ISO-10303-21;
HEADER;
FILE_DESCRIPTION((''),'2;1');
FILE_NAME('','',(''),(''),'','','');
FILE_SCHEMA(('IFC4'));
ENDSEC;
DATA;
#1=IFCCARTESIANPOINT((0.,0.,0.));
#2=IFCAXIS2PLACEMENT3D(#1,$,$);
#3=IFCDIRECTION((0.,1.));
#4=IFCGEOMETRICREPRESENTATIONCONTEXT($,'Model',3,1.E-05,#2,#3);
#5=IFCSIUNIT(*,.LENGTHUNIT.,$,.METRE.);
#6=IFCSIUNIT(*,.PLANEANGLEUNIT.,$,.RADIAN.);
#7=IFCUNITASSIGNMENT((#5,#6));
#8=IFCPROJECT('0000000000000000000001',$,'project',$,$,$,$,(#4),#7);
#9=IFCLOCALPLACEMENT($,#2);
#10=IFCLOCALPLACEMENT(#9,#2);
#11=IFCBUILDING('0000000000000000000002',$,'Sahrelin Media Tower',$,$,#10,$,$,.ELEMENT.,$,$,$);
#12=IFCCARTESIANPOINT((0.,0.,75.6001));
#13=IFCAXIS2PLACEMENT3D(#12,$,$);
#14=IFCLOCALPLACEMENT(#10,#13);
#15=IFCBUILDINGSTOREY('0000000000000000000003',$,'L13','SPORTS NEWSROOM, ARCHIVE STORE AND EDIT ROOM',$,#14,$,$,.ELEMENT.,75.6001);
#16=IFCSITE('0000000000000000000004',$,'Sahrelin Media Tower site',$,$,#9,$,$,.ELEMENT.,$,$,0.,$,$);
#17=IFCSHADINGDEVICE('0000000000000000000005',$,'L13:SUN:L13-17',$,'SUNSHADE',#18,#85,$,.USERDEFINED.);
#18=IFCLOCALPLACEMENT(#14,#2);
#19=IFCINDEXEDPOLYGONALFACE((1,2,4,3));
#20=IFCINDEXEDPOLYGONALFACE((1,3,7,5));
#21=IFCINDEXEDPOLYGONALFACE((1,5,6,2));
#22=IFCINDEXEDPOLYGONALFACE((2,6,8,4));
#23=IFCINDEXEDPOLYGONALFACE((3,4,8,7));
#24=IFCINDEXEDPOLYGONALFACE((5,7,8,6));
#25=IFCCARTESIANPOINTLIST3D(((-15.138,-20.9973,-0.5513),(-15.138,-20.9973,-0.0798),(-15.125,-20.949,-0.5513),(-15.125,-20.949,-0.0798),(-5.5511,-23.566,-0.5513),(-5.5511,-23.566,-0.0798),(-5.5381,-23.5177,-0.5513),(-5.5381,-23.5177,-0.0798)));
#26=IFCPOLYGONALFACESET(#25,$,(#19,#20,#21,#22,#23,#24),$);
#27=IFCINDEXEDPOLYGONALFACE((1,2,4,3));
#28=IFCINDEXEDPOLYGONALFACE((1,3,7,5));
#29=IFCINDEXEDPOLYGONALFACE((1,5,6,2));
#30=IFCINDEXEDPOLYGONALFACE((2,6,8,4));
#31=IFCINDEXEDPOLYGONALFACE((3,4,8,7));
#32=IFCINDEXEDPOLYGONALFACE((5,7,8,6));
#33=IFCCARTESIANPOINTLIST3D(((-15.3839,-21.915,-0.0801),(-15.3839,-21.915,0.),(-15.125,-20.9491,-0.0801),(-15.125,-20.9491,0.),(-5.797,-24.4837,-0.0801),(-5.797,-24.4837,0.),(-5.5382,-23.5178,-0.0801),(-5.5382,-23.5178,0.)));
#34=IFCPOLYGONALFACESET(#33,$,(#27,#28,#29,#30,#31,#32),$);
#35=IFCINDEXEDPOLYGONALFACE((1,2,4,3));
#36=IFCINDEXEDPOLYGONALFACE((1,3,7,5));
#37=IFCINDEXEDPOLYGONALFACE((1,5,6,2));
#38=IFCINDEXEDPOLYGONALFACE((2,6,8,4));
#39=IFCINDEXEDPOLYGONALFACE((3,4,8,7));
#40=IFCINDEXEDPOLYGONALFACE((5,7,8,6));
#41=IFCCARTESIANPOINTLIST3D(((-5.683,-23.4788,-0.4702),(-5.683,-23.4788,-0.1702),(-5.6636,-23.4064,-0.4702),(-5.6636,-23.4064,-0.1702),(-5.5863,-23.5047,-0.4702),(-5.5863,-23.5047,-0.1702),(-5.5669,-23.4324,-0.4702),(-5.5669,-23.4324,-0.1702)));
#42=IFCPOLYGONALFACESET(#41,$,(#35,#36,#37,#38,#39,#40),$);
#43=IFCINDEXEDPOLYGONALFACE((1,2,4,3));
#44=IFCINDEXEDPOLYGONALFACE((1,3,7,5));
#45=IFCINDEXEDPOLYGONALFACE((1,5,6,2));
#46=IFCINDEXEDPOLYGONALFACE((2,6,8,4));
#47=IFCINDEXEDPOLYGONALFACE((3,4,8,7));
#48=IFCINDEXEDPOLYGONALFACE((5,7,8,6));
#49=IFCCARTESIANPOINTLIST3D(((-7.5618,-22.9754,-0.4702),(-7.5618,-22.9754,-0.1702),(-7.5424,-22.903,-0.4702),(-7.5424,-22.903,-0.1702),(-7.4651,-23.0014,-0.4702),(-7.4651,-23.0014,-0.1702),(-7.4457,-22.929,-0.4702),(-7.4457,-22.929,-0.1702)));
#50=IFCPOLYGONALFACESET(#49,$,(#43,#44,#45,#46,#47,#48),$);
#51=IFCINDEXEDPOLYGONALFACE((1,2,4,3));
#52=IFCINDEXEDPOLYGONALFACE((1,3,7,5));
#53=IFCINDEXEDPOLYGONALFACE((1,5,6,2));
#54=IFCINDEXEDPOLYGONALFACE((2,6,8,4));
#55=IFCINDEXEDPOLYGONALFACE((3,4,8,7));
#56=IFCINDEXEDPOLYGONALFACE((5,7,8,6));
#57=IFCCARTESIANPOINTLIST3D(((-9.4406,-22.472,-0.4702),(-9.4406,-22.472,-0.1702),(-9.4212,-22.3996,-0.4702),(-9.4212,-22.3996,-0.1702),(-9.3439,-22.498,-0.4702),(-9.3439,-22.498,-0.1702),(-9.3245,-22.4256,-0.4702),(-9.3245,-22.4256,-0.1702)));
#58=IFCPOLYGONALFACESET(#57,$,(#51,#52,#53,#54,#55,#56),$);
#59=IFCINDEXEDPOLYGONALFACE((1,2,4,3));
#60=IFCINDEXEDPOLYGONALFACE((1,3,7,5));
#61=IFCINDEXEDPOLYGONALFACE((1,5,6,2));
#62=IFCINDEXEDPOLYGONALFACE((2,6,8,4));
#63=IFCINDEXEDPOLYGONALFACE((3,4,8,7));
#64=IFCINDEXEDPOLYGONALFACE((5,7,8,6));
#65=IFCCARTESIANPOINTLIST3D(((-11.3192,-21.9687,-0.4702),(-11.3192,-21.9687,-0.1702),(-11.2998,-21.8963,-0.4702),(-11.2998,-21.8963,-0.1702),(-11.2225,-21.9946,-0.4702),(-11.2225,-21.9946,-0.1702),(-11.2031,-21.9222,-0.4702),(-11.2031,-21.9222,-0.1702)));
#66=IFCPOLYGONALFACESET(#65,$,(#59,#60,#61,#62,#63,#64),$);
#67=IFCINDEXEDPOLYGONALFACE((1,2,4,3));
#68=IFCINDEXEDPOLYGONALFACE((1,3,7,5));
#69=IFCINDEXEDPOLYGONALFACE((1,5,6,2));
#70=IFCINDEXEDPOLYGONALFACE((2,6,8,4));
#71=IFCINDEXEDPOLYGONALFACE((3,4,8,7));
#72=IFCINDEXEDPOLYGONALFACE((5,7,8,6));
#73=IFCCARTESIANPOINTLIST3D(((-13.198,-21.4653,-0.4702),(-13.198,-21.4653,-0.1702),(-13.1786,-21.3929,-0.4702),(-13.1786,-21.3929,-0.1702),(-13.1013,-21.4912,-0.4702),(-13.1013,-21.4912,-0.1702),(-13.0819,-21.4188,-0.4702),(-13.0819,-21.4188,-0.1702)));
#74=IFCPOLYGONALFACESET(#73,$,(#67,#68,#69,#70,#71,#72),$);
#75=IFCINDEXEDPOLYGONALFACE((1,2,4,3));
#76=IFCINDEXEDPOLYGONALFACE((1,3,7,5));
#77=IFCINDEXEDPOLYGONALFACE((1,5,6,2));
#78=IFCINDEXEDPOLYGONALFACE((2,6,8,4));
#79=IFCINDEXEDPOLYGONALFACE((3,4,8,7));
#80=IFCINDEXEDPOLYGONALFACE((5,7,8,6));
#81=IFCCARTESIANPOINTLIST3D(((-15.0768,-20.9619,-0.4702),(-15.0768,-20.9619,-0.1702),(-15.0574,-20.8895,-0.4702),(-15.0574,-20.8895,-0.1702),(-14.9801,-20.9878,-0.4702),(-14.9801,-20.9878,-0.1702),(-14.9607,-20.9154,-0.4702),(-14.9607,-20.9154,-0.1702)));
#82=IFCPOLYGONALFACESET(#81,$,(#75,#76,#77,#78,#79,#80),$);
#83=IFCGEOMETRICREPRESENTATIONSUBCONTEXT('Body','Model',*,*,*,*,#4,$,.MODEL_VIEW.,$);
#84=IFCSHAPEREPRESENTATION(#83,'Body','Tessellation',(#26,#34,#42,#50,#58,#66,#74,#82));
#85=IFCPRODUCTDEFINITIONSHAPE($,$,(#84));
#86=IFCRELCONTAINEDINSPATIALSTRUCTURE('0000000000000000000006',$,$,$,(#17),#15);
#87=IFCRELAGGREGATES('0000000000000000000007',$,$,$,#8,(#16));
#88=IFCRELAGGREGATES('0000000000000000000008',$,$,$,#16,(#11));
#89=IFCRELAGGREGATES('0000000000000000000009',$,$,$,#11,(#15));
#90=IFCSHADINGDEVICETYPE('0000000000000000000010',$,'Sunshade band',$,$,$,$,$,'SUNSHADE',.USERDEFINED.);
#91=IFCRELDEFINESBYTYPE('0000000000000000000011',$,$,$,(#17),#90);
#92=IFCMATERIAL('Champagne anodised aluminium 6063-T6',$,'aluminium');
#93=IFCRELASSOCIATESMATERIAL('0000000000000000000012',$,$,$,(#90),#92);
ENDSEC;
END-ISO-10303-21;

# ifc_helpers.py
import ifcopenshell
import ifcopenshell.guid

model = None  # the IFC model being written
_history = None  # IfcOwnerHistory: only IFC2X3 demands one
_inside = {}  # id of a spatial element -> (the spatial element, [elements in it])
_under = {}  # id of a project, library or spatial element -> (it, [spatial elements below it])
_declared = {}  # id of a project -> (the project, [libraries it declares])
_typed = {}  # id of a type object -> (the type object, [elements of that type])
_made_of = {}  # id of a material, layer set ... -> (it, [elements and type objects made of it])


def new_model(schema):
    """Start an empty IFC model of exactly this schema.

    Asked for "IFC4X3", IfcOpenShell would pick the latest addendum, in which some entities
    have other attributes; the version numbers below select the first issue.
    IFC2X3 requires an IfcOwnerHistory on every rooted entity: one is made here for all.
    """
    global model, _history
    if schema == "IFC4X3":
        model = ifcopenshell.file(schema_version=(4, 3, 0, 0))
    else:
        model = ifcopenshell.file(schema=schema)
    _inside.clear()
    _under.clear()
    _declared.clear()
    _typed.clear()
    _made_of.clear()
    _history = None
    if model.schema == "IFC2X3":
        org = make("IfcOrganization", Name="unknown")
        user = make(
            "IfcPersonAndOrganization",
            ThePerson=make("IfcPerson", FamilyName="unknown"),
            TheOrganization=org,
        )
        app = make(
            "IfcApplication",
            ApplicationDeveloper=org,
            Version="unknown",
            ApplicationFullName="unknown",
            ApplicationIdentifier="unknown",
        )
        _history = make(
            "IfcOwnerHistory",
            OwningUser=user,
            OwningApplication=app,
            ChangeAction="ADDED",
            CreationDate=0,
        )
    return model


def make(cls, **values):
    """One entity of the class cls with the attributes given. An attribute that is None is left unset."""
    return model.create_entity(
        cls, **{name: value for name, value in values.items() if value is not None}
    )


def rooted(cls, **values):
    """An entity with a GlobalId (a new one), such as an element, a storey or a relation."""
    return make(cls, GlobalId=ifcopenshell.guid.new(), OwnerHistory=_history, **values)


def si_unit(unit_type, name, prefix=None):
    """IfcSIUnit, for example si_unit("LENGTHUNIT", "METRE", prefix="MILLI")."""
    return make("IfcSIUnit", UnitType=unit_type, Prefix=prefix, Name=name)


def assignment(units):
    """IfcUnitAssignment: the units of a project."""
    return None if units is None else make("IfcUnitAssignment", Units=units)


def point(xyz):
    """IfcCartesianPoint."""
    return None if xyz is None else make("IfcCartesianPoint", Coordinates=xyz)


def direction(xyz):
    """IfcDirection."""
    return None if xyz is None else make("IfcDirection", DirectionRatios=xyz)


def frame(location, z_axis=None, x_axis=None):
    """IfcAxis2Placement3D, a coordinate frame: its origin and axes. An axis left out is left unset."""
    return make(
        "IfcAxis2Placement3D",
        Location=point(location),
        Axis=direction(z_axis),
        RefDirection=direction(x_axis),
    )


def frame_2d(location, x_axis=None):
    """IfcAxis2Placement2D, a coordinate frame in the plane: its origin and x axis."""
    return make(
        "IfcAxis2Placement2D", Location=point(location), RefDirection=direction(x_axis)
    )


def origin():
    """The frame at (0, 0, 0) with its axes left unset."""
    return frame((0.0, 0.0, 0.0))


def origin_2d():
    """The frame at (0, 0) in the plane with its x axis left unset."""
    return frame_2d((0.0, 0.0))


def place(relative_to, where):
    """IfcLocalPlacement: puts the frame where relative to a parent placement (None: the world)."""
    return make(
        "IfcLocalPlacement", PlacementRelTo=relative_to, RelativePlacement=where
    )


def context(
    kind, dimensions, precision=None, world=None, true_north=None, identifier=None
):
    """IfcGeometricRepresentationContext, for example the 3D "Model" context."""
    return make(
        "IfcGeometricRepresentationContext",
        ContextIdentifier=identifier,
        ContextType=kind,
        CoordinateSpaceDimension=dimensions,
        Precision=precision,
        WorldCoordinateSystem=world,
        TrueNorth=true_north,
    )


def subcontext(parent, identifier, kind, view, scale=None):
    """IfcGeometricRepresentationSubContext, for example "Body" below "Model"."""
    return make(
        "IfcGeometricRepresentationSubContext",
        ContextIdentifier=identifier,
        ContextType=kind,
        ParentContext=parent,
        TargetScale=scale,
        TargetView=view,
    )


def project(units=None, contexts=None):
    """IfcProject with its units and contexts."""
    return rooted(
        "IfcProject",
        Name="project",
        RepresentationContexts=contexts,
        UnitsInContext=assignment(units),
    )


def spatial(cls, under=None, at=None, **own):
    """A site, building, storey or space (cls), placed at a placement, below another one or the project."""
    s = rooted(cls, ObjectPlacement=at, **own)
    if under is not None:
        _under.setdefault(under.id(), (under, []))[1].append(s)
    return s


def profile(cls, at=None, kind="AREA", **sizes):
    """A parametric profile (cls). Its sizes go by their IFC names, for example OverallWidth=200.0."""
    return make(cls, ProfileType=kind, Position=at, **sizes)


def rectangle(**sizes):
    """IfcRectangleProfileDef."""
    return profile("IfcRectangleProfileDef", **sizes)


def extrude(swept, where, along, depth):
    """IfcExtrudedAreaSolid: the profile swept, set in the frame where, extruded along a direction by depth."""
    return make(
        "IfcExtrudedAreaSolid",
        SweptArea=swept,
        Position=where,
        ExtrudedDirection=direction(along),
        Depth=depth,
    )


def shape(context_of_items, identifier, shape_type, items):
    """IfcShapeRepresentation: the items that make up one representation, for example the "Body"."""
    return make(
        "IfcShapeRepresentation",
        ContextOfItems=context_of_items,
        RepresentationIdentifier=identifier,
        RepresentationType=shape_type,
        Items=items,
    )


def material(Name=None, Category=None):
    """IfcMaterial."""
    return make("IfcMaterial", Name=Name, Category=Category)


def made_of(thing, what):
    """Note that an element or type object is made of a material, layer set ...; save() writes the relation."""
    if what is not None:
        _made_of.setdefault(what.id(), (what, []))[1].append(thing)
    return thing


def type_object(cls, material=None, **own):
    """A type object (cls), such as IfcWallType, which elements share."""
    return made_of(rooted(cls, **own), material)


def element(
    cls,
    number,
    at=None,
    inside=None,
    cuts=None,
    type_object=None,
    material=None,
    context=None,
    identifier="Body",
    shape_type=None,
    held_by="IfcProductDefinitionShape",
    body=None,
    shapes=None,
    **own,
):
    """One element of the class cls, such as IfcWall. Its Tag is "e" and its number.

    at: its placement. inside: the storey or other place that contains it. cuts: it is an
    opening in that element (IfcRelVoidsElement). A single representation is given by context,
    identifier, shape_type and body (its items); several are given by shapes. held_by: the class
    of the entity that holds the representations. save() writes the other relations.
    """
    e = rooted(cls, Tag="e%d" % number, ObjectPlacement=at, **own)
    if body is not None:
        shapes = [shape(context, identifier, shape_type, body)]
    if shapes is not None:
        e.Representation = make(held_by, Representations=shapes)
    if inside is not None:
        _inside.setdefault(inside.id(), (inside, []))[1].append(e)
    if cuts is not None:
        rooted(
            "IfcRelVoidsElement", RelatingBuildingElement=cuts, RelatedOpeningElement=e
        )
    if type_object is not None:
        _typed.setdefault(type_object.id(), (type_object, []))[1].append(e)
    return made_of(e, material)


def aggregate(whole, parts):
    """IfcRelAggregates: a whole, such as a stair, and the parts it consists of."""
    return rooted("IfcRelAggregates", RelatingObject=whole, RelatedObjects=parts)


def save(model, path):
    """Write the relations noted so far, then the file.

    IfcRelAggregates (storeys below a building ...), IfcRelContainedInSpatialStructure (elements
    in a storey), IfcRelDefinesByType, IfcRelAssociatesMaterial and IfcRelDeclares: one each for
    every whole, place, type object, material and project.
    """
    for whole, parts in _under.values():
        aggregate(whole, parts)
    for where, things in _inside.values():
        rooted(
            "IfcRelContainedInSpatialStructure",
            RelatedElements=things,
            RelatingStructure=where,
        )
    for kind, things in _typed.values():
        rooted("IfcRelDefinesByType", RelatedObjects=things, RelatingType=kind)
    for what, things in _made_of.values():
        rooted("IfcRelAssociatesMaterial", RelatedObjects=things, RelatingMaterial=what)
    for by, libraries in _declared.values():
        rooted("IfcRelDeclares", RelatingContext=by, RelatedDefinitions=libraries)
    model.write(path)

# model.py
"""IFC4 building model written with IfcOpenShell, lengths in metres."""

from ifc_helpers import new_model, si_unit, direction, frame, origin, origin_2d, place, context, subcontext, project, spatial, rectangle, extrude, material, type_object, element, save


model = new_model("IFC4")

# Units and contexts
model_context = context("Model", 3, precision=1e-05, world=origin(), true_north=direction((0.0, 1.0)))
body_context = subcontext(model_context, "Body", "Model", "MODEL_VIEW")
ifc_project = project(units=[si_unit("LENGTHUNIT", "METRE"), si_unit("PLANEANGLEUNIT", "RADIAN")], contexts=[model_context])

# Site, building, storey
site_placement = place(None, origin())
site = spatial("IfcSite", under=ifc_project, at=site_placement, Name="Sahrelin Media Tower site", CompositionType="ELEMENT", RefElevation=0.0)
building_placement = place(site_placement, origin())
building = spatial("IfcBuilding", under=site, at=building_placement, Name="Sahrelin Media Tower", CompositionType="ELEMENT")
storey_placement = place(building_placement, frame((0.0, 0.0, 75.6001)))
storey = spatial("IfcBuildingStorey", under=building, at=storey_placement, Name="L13", Description="SPORTS NEWSROOM, ARCHIVE STORE AND EDIT ROOM", CompositionType="ELEMENT", Elevation=75.6001)

# Shared definitions
ifc_material_1 = material(Name="Champagne anodised aluminium 6063-T6", Category="aluminium")

# Shading device
placement = place(storey_placement, frame((-10.3264, -22.2141, 0.0), z_axis=(0.0, 0.0, 1.0), x_axis=(-0.965929, 0.258808, 0.0)))
shading_device_type_1 = type_object("IfcShadingDeviceType", Name="Sunshade band", ElementType="SUNSHADE", PredefinedType="USERDEFINED", material=ifc_material_1)
element("IfcShadingDevice", 1, at=placement, inside=storey, type_object=shading_device_type_1, Name="L13:SUN:L13-17", ObjectType="SUNSHADE", PredefinedType="USERDEFINED", context=body_context, shape_type="SweptSolid", body=[
    extrude(rectangle(XDim=9.925, YDim=0.05, at=origin_2d()), frame((0.0, 0.0449, -0.5513)), (0.0, 0.0, 1.0), 0.4714),
    extrude(rectangle(XDim=9.925, YDim=1.0, at=origin_2d()), frame((0.0, 0.52, -0.0801)), (0.0, 0.0, 1.0), 0.0801),
    extrude(rectangle(XDim=0.1001, YDim=0.075, at=origin_2d()), frame((-4.8625, -0.0176, -0.4702)), (0.0, 0.0, 1.0), 0.3),
    extrude(rectangle(XDim=0.1001, YDim=0.075, at=origin_2d()), frame((-2.9175, -0.0176, -0.4702)), (0.0, 0.0, 1.0), 0.3),
    extrude(rectangle(XDim=0.1001, YDim=0.075, at=origin_2d()), frame((-0.9724, -0.0176, -0.4702)), (0.0, 0.0, 1.0), 0.3),
    extrude(rectangle(XDim=0.1001, YDim=0.075, at=origin_2d()), frame((0.9724, -0.0176, -0.4702)), (0.0, 0.0, 1.0), 0.3),
    extrude(rectangle(XDim=0.1001, YDim=0.075, at=origin_2d()), frame((2.9175, -0.0176, -0.4702)), (0.0, 0.0, 1.0), 0.3),
    extrude(rectangle(XDim=0.1001, YDim=0.075, at=origin_2d()), frame((4.8625, -0.0176, -0.4702)), (0.0, 0.0, 1.0), 0.3),
])

save(model, "model.ifc")
